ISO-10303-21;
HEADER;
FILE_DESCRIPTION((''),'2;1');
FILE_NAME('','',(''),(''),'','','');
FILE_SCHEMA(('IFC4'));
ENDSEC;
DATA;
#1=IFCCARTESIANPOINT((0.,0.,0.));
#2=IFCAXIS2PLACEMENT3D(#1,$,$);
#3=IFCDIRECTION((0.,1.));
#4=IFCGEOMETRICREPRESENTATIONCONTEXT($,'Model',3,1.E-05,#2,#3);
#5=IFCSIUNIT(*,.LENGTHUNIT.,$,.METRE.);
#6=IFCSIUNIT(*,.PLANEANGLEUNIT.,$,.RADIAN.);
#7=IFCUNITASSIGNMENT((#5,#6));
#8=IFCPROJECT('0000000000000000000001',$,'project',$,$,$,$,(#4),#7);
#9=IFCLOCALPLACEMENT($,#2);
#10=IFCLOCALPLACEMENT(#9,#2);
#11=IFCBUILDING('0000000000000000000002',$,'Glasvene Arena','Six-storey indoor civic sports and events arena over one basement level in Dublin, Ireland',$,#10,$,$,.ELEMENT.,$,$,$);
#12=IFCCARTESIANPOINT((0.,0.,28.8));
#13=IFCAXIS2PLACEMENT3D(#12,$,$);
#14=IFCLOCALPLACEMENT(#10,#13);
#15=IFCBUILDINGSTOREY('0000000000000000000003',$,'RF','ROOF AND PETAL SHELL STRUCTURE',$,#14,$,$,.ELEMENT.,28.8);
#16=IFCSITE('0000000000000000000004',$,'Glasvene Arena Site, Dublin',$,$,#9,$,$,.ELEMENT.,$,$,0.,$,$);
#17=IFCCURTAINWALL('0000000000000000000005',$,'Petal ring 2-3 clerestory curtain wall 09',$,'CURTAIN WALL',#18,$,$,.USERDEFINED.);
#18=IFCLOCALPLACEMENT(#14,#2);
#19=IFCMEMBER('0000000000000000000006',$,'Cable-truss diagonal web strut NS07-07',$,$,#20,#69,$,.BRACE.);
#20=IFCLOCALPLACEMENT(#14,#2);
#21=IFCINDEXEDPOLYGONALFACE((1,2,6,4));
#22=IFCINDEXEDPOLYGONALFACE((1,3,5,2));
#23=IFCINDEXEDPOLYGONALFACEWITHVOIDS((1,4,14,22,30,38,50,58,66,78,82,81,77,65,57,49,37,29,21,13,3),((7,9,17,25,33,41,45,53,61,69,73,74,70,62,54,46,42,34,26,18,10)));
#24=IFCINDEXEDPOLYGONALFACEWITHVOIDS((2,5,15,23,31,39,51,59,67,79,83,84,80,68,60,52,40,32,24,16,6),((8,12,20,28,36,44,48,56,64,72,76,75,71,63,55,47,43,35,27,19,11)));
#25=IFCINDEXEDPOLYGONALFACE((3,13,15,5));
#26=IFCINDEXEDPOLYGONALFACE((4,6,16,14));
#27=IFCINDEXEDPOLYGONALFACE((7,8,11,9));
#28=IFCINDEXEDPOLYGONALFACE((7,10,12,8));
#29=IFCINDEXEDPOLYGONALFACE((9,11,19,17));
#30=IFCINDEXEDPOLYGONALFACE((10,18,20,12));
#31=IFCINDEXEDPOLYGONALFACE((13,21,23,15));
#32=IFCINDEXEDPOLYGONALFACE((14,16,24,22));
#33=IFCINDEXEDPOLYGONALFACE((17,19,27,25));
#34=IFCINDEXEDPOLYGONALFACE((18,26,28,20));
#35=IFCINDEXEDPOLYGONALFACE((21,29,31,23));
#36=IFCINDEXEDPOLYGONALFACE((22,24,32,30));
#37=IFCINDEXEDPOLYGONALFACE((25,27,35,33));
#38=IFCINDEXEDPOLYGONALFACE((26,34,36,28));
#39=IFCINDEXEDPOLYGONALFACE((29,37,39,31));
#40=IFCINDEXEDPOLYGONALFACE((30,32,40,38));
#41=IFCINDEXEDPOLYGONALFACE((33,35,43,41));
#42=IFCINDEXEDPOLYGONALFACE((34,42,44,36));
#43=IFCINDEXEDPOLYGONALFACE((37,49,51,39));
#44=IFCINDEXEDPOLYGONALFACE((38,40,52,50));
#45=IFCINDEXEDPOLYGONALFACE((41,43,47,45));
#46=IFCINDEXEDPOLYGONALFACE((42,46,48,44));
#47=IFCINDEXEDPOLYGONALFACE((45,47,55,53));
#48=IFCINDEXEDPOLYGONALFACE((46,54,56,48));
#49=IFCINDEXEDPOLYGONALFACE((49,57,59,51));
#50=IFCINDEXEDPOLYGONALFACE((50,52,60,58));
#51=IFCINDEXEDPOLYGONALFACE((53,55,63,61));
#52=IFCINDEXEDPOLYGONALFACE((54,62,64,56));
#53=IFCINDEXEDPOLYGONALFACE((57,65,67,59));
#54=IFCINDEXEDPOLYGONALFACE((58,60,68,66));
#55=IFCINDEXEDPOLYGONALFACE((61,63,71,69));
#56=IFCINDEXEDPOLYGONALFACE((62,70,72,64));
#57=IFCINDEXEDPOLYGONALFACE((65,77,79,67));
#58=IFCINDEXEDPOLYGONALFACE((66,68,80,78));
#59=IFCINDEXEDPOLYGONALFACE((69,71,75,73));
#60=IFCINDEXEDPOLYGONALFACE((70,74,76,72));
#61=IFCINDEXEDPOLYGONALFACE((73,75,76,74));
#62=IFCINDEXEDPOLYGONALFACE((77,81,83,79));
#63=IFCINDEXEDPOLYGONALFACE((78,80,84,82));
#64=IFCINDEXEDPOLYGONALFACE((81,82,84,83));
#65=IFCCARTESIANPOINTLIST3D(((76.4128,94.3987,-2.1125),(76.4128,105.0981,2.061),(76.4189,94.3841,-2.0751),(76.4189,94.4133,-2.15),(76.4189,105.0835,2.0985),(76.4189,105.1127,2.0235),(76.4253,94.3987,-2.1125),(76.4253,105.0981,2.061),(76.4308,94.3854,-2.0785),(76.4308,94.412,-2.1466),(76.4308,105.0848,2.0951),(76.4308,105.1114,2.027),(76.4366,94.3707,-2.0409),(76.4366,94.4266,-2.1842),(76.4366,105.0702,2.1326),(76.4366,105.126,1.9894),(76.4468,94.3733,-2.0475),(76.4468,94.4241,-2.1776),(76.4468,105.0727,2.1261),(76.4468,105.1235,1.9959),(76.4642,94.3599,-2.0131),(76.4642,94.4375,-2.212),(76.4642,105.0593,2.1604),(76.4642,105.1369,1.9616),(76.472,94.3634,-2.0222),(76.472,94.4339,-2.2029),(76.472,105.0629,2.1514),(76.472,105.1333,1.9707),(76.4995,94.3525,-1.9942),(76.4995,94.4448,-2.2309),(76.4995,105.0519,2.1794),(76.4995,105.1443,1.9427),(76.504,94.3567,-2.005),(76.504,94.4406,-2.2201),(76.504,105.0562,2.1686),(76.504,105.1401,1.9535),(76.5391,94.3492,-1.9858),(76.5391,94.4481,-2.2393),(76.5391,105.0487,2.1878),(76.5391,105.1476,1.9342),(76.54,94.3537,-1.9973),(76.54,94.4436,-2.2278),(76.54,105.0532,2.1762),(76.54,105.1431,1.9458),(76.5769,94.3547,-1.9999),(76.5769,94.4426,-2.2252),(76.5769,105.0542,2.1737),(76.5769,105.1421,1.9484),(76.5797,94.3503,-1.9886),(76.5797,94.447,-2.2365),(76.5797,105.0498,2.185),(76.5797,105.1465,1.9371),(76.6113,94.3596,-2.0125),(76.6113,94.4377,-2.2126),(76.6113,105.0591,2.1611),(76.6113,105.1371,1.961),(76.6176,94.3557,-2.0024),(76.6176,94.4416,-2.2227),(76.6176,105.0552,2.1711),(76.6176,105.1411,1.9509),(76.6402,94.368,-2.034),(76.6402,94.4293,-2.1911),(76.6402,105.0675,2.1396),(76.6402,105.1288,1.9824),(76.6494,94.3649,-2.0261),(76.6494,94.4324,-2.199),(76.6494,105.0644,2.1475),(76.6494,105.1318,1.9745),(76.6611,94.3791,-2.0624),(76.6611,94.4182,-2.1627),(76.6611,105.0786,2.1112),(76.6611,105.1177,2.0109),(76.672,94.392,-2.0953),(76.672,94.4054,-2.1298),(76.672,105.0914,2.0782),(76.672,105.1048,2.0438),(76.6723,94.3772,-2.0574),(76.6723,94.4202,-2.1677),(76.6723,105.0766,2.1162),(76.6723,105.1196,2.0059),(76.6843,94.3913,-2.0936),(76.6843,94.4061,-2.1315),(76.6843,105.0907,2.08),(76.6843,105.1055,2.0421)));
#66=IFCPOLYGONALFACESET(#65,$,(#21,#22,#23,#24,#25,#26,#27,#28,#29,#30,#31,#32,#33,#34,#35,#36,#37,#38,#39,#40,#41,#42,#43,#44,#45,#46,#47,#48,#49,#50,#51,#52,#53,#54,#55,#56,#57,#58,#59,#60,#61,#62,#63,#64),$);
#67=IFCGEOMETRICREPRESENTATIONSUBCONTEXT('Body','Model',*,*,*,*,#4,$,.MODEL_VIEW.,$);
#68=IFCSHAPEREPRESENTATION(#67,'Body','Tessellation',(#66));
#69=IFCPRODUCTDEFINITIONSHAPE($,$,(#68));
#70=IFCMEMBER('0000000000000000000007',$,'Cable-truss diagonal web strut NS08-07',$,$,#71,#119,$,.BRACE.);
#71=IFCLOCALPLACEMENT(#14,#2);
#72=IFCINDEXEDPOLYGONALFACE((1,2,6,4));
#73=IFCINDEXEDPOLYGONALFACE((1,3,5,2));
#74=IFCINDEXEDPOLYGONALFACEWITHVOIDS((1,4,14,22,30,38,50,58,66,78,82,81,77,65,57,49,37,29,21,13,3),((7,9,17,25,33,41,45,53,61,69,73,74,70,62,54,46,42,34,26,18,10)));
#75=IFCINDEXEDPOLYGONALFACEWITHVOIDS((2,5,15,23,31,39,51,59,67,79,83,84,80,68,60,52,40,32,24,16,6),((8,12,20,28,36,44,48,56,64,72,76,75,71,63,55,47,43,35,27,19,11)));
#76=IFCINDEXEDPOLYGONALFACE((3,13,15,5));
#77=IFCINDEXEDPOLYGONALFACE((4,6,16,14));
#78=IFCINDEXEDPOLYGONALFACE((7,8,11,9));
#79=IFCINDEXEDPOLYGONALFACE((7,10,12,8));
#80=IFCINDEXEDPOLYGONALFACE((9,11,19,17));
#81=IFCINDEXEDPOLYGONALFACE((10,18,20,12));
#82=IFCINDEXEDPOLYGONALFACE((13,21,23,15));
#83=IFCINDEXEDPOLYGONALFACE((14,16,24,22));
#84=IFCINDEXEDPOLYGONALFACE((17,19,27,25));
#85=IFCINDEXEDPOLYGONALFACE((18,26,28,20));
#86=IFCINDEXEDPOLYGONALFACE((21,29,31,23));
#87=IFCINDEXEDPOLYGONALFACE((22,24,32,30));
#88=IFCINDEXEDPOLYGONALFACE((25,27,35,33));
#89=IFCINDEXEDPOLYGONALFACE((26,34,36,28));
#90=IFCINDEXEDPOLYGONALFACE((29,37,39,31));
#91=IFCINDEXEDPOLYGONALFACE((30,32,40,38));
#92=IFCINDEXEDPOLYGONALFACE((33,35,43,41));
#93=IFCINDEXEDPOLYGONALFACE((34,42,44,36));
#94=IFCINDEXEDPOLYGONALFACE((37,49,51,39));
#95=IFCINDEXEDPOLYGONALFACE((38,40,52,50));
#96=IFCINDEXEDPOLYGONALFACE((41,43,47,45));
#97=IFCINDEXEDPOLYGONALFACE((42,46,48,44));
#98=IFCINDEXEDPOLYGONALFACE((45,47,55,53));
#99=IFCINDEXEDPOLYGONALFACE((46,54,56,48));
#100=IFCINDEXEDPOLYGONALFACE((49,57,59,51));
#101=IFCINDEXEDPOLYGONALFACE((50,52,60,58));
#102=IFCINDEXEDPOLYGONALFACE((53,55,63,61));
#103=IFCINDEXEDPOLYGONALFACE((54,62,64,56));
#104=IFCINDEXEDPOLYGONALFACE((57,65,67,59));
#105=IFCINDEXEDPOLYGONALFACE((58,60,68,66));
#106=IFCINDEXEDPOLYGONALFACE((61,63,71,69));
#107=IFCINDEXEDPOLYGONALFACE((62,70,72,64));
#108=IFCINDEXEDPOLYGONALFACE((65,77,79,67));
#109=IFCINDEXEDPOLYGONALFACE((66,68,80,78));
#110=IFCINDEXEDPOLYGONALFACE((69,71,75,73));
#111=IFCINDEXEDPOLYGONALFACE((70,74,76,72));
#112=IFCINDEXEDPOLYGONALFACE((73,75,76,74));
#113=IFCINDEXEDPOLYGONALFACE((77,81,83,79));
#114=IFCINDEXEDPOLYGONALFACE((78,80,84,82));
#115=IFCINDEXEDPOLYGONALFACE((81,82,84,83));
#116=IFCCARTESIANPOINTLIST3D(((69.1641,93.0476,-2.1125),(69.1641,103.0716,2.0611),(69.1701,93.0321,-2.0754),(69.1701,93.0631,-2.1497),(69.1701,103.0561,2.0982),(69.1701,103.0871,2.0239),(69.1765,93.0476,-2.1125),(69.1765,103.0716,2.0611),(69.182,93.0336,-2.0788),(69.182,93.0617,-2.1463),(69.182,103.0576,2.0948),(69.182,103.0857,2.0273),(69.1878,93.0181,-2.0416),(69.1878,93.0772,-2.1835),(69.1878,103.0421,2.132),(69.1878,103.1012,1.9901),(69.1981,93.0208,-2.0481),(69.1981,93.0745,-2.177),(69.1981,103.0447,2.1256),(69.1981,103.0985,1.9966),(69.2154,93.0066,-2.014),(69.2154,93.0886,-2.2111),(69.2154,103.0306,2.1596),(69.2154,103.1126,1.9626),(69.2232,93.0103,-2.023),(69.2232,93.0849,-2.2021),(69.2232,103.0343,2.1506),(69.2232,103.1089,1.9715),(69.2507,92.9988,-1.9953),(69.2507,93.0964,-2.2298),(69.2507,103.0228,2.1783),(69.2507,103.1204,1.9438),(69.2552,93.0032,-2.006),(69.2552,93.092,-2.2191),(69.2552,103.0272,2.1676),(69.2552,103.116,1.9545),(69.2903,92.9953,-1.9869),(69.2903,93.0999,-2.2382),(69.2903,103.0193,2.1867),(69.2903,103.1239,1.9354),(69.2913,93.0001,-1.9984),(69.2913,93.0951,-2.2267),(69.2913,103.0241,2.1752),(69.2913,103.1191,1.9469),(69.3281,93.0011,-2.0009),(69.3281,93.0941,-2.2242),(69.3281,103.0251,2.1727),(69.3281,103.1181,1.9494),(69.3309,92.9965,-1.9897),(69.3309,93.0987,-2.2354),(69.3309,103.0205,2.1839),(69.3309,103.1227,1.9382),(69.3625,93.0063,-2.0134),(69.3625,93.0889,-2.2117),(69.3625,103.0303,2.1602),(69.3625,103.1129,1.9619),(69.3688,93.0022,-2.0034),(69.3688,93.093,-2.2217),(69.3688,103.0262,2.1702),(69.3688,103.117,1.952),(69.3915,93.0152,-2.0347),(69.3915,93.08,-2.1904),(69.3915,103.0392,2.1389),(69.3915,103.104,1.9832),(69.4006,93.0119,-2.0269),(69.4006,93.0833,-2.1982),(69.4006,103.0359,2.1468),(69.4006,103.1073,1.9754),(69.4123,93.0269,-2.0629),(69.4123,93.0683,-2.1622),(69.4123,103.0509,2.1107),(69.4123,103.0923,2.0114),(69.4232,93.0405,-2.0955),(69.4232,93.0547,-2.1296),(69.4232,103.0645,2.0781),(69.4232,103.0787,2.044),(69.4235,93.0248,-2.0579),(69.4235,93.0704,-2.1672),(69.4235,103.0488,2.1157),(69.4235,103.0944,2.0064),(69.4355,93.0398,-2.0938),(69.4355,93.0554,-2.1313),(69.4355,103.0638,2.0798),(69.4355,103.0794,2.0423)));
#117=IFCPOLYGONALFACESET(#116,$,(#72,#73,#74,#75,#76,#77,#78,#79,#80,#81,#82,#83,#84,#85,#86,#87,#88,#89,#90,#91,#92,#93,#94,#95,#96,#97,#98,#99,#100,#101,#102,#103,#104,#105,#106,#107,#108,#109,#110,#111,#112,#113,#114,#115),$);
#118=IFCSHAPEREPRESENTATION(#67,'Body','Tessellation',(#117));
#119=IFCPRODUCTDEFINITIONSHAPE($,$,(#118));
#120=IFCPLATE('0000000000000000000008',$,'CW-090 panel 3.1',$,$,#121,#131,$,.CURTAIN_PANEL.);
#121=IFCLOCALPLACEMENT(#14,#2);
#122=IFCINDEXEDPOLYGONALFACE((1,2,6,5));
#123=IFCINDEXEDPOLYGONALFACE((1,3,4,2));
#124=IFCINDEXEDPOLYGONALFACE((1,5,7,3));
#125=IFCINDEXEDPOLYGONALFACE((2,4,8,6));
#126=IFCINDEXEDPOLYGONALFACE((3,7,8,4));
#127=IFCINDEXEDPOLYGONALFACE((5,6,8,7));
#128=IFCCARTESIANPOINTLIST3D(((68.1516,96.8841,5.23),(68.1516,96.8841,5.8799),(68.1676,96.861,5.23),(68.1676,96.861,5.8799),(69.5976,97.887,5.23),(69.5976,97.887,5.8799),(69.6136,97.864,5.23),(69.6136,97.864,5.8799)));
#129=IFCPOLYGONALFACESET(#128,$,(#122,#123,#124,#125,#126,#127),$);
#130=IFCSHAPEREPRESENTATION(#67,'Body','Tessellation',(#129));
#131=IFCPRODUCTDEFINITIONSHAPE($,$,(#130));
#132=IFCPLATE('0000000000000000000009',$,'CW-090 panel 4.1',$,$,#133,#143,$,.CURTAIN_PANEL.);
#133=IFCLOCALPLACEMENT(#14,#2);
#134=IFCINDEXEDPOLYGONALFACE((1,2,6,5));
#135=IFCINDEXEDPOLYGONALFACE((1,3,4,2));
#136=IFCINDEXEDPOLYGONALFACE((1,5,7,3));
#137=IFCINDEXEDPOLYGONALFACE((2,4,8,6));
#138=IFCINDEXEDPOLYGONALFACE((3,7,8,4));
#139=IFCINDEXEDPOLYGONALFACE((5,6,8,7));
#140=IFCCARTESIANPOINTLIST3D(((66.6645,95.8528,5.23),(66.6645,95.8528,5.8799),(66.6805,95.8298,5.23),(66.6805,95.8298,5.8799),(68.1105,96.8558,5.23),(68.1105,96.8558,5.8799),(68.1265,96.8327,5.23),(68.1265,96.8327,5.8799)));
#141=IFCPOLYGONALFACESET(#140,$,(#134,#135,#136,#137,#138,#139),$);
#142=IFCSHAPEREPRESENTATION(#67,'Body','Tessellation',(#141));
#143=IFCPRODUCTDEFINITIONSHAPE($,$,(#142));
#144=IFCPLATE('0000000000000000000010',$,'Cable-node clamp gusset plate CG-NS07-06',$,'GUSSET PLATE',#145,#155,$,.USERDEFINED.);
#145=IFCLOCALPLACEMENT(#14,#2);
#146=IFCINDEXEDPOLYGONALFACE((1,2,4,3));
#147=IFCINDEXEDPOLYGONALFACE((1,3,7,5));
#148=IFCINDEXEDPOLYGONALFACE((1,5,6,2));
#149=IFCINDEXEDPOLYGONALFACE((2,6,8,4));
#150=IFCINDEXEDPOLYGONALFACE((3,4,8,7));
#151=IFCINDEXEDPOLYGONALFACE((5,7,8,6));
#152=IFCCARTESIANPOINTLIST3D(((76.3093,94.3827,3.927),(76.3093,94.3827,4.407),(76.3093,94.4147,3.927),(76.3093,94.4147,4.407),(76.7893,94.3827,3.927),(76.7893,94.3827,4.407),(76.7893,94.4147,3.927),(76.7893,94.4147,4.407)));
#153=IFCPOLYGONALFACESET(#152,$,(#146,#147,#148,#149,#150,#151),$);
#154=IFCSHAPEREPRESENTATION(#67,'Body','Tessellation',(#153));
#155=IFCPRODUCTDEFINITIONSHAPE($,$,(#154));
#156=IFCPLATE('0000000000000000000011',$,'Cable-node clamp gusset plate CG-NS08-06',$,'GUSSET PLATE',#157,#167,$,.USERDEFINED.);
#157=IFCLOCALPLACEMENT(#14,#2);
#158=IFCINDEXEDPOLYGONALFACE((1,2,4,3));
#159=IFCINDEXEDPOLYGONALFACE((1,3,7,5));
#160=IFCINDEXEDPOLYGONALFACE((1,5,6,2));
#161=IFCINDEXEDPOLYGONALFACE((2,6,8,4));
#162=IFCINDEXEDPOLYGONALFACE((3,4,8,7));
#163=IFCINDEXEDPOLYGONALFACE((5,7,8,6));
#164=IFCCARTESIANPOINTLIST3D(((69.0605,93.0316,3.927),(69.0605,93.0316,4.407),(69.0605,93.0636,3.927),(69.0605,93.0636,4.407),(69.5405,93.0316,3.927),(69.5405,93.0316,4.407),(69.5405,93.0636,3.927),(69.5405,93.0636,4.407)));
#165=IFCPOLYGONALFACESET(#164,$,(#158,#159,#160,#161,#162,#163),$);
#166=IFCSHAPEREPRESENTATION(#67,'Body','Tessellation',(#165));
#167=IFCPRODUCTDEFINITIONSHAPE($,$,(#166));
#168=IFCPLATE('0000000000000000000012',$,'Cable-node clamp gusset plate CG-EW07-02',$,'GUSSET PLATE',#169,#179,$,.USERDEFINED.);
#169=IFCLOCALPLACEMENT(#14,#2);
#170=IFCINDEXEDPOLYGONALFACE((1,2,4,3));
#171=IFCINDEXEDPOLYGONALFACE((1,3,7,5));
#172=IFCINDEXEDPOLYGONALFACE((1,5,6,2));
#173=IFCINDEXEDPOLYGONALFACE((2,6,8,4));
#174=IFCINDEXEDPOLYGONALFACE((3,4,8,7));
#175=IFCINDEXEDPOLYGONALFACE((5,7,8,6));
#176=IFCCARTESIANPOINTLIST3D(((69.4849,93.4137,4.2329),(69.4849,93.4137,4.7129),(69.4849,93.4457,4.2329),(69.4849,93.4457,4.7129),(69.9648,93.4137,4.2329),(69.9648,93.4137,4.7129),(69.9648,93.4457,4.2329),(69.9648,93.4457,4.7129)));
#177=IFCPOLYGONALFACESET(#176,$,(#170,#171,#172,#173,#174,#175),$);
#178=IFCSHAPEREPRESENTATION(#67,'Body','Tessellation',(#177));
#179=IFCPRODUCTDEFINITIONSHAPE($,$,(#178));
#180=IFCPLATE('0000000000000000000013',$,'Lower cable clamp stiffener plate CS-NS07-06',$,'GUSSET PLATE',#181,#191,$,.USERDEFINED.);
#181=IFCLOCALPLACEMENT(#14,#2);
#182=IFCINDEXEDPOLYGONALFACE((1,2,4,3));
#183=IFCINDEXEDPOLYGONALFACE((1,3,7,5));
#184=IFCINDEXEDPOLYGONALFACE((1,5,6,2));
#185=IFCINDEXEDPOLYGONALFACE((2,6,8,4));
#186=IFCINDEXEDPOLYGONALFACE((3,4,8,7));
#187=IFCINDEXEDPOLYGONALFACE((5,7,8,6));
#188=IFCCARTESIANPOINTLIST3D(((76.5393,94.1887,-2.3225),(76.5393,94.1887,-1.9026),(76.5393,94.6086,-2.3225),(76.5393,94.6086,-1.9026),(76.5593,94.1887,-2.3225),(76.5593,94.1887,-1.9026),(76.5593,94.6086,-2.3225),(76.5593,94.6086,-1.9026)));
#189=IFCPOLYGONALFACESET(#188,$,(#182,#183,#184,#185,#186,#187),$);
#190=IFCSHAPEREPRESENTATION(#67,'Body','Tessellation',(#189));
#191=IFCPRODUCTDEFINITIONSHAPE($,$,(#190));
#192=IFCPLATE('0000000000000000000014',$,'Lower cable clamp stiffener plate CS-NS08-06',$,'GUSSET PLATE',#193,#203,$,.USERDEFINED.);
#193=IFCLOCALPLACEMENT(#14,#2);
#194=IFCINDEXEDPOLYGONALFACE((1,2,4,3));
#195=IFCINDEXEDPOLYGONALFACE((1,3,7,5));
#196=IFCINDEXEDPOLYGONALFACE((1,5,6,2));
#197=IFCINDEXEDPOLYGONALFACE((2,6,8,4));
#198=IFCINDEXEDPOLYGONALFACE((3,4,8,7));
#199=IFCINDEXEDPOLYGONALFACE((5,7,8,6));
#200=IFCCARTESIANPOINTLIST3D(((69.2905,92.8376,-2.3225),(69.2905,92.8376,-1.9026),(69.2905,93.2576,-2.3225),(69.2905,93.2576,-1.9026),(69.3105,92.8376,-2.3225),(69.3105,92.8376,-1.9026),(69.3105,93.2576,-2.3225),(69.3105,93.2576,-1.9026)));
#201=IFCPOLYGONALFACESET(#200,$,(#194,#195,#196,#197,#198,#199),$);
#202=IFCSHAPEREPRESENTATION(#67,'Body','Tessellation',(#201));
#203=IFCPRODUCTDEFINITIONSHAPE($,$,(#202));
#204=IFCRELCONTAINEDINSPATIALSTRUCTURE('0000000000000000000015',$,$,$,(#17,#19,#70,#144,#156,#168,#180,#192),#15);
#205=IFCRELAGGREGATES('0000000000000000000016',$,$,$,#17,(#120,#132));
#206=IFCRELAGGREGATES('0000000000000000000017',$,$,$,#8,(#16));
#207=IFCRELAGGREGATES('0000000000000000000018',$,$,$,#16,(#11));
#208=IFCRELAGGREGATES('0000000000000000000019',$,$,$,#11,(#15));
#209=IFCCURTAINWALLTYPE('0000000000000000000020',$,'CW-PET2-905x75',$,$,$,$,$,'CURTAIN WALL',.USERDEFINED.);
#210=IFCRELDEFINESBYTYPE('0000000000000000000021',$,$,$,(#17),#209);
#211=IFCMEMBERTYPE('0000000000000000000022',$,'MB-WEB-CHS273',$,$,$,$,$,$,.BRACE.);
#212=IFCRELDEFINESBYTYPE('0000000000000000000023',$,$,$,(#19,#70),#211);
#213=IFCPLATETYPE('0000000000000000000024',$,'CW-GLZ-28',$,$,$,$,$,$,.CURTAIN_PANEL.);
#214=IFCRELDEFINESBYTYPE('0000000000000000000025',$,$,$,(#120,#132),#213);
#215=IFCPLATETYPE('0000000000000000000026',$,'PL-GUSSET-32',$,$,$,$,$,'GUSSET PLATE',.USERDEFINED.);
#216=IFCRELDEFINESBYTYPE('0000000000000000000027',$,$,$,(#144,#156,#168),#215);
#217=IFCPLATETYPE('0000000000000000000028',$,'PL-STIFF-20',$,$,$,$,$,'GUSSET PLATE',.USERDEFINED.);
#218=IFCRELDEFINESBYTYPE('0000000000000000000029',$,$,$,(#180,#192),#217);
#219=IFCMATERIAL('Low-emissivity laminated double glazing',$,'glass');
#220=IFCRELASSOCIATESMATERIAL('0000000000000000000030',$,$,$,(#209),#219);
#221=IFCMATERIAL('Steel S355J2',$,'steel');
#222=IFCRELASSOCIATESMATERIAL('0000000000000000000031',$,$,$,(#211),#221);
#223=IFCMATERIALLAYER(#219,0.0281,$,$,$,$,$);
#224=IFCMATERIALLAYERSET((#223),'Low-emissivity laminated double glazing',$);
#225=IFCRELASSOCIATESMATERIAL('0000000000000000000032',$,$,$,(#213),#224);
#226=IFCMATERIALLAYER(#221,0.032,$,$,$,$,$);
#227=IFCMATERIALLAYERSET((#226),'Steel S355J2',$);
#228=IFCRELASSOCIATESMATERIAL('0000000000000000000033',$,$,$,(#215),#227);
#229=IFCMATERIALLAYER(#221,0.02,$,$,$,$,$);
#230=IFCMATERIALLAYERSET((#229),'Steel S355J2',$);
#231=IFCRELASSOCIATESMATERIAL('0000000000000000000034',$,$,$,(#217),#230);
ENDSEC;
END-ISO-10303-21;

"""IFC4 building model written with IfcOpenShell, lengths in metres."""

from ifc_helpers import new_model, si_unit, direction, frame, origin, origin_2d, place, context, subcontext, project, spatial, rectangle, hollow_circle, extrude, material, layer, layer_set, material_profile, profile_set, type_object, element, aggregate, save


model = new_model("IFC4")

# Units and contexts
model_context = context("Model", 3, precision=1e-05, world=origin(), true_north=direction((0.0, 1.0)))
body_context = subcontext(model_context, "Body", "Model", "MODEL_VIEW")
ifc_project = project(units=[si_unit("LENGTHUNIT", "METRE"), si_unit("PLANEANGLEUNIT", "RADIAN")], contexts=[model_context])

# Site, building, storey
site_placement = place(None, origin())
site = spatial("IfcSite", under=ifc_project, at=site_placement, Name="Glasvene Arena Site, Dublin", CompositionType="ELEMENT", RefElevation=0.0)
building_placement = place(site_placement, origin())
building = spatial("IfcBuilding", under=site, at=building_placement, Name="Glasvene Arena", Description="Six-storey indoor civic sports and events arena over one basement level in Dublin, Ireland", CompositionType="ELEMENT")
storey_placement = place(building_placement, frame((0.0, 0.0, 28.8)))
storey = spatial("IfcBuildingStorey", under=building, at=storey_placement, Name="RF", Description="ROOF AND PETAL SHELL STRUCTURE", CompositionType="ELEMENT", Elevation=28.8)

# Curtain wall
ifc_material_1 = material(Name="Low-emissivity laminated double glazing", Category="glass")
curtain_wall_type_1 = type_object("IfcCurtainWallType", Name="CW-PET2-905x75", ElementType="CURTAIN WALL", PredefinedType="USERDEFINED", material=ifc_material_1)
curtain_wall_1_placement = place(storey_placement, frame((72.6001, 99.9524, 0.0)))
curtain_wall_1 = element("IfcCurtainWall", 1, at=curtain_wall_1_placement, inside=storey, type_object=curtain_wall_type_1, Name="Petal ring 2-3 clerestory curtain wall 09", ObjectType="CURTAIN WALL", PredefinedType="USERDEFINED")

# Members
ifc_material_2 = material(Name="Steel S355J2", Category="steel")
ifc_material_profile_1 = material_profile(ifc_material_2, hollow_circle(Radius=0.1365, WallThickness=0.0125, at=origin_2d()), Name="CHS 273.0x12.5")
ifc_profile_set_1 = profile_set([ifc_material_profile_1], Name="Steel S355J2")
member_type_1 = type_object("IfcMemberType", Name="MB-WEB-CHS273", PredefinedType="BRACE", material=ifc_profile_set_1)
member_1_placement = place(storey_placement, frame((76.5493, 94.3987, -2.1125), z_axis=(0.0, 0.931631, 0.363405), x_axis=(-1.0, 0.0, 0.0)))
element("IfcMember", 2, at=member_1_placement, inside=storey, type_object=member_type_1, Name="Cable-truss diagonal web strut NS07-07", PredefinedType="BRACE", context=body_context, shape_type="SweptSolid", body=[
    extrude(hollow_circle(Radius=0.1365, WallThickness=0.0125, at=origin_2d()), origin(), (0.0, 0.0, 1.0), 11.4846),
])
member_2_placement = place(storey_placement, frame((69.3005, 93.0476, -2.1125), z_axis=(0.0, 0.923177, 0.384376), x_axis=(-1.0, 0.0, 0.0)))
element("IfcMember", 3, at=member_2_placement, inside=storey, type_object=member_type_1, Name="Cable-truss diagonal web strut NS08-07", PredefinedType="BRACE", context=body_context, shape_type="SweptSolid", body=[
    extrude(hollow_circle(Radius=0.1365, WallThickness=0.0125, at=origin_2d()), origin(), (0.0, 0.0, 1.0), 10.8582),
])

# Plates
ifc_layer_1 = layer(ifc_material_1, 0.0281)
ifc_layer_set_1 = layer_set([ifc_layer_1], Name="Low-emissivity laminated double glazing")
plate_type_1 = type_object("IfcPlateType", Name="CW-GLZ-28", PredefinedType="CURTAIN_PANEL", material=ifc_layer_set_1)
plate_1_placement = place(storey_placement, frame((68.8826, 97.374, 5.23), z_axis=(0.0, 0.0, 1.0), x_axis=(-0.821699, -0.569921, 0.0)))
plate_1 = element("IfcPlate", 4, at=plate_1_placement, type_object=plate_type_1, Name="CW-090 panel 3.1", PredefinedType="CURTAIN_PANEL", context=body_context, shape_type="SweptSolid", body=[
    extrude(rectangle(XDim=1.7598, YDim=0.0281, at=origin_2d()), origin(), (0.0, 0.0, 1.0), 0.6499),
])
plate_2_placement = place(storey_placement, frame((67.3955, 96.3428, 5.23), z_axis=(0.0, 0.0, 1.0), x_axis=(-0.821699, -0.569921, 0.0)))
plate_2 = element("IfcPlate", 5, at=plate_2_placement, type_object=plate_type_1, Name="CW-090 panel 4.1", PredefinedType="CURTAIN_PANEL", context=body_context, shape_type="SweptSolid", body=[
    extrude(rectangle(XDim=1.7598, YDim=0.0281, at=origin_2d()), origin(), (0.0, 0.0, 1.0), 0.6499),
])
aggregate(curtain_wall_1, [plate_1, plate_2])

# Plates
ifc_layer_2 = layer(ifc_material_2, 0.032)
ifc_layer_set_2 = layer_set([ifc_layer_2], Name="Steel S355J2")
plate_type_2 = type_object("IfcPlateType", Name="PL-GUSSET-32", ElementType="GUSSET PLATE", PredefinedType="USERDEFINED", material=ifc_layer_set_2)
for number, where, z_axis, x_axis, name in (
    (6, (76.5493, 94.3987, 3.927), (0.0, 0.0, 1.0), (1.0, 0.0, 0.0), "Cable-node clamp gusset plate CG-NS07-06"),
    (7, (69.3005, 93.0476, 3.927), (0.0, 0.0, 1.0), (1.0, 0.0, 0.0), "Cable-node clamp gusset plate CG-NS08-06"),
    (8, (69.7249, 93.4297, 4.2329), (0.0, 0.0, 1.0), (1.0, 0.0, 0.0), "Cable-node clamp gusset plate CG-EW07-02"),
):
    element("IfcPlate", number, at=place(storey_placement, frame(where, z_axis=z_axis, x_axis=x_axis)), inside=storey, type_object=plate_type_2, Name=name, ObjectType="GUSSET PLATE", PredefinedType="USERDEFINED", context=body_context, shape_type="SweptSolid", body=[
        extrude(rectangle(XDim=0.48, YDim=0.032, at=origin_2d()), origin(), (0.0, 0.0, 1.0), 0.48),
    ])
ifc_layer_3 = layer(ifc_material_2, 0.02)
ifc_layer_set_3 = layer_set([ifc_layer_3], Name="Steel S355J2")
plate_type_3 = type_object("IfcPlateType", Name="PL-STIFF-20", ElementType="GUSSET PLATE", PredefinedType="USERDEFINED", material=ifc_layer_set_3)
for number, where, z_axis, x_axis, name in (
    (9, (76.5493, 94.3987, -2.3225), (0.0, 0.0, 1.0), (1.0, 0.0, 0.0), "Lower cable clamp stiffener plate CS-NS07-06"),
    (10, (69.3005, 93.0476, -2.3225), (0.0, 0.0, 1.0), (1.0, 0.0, 0.0), "Lower cable clamp stiffener plate CS-NS08-06"),
):
    element("IfcPlate", number, at=place(storey_placement, frame(where, z_axis=z_axis, x_axis=x_axis)), inside=storey, type_object=plate_type_3, Name=name, ObjectType="GUSSET PLATE", PredefinedType="USERDEFINED", context=body_context, shape_type="SweptSolid", body=[
        extrude(rectangle(XDim=0.02, YDim=0.4199, at=origin_2d()), origin(), (0.0, 0.0, 1.0), 0.4199),
    ])

save(model, "model.ifc")
